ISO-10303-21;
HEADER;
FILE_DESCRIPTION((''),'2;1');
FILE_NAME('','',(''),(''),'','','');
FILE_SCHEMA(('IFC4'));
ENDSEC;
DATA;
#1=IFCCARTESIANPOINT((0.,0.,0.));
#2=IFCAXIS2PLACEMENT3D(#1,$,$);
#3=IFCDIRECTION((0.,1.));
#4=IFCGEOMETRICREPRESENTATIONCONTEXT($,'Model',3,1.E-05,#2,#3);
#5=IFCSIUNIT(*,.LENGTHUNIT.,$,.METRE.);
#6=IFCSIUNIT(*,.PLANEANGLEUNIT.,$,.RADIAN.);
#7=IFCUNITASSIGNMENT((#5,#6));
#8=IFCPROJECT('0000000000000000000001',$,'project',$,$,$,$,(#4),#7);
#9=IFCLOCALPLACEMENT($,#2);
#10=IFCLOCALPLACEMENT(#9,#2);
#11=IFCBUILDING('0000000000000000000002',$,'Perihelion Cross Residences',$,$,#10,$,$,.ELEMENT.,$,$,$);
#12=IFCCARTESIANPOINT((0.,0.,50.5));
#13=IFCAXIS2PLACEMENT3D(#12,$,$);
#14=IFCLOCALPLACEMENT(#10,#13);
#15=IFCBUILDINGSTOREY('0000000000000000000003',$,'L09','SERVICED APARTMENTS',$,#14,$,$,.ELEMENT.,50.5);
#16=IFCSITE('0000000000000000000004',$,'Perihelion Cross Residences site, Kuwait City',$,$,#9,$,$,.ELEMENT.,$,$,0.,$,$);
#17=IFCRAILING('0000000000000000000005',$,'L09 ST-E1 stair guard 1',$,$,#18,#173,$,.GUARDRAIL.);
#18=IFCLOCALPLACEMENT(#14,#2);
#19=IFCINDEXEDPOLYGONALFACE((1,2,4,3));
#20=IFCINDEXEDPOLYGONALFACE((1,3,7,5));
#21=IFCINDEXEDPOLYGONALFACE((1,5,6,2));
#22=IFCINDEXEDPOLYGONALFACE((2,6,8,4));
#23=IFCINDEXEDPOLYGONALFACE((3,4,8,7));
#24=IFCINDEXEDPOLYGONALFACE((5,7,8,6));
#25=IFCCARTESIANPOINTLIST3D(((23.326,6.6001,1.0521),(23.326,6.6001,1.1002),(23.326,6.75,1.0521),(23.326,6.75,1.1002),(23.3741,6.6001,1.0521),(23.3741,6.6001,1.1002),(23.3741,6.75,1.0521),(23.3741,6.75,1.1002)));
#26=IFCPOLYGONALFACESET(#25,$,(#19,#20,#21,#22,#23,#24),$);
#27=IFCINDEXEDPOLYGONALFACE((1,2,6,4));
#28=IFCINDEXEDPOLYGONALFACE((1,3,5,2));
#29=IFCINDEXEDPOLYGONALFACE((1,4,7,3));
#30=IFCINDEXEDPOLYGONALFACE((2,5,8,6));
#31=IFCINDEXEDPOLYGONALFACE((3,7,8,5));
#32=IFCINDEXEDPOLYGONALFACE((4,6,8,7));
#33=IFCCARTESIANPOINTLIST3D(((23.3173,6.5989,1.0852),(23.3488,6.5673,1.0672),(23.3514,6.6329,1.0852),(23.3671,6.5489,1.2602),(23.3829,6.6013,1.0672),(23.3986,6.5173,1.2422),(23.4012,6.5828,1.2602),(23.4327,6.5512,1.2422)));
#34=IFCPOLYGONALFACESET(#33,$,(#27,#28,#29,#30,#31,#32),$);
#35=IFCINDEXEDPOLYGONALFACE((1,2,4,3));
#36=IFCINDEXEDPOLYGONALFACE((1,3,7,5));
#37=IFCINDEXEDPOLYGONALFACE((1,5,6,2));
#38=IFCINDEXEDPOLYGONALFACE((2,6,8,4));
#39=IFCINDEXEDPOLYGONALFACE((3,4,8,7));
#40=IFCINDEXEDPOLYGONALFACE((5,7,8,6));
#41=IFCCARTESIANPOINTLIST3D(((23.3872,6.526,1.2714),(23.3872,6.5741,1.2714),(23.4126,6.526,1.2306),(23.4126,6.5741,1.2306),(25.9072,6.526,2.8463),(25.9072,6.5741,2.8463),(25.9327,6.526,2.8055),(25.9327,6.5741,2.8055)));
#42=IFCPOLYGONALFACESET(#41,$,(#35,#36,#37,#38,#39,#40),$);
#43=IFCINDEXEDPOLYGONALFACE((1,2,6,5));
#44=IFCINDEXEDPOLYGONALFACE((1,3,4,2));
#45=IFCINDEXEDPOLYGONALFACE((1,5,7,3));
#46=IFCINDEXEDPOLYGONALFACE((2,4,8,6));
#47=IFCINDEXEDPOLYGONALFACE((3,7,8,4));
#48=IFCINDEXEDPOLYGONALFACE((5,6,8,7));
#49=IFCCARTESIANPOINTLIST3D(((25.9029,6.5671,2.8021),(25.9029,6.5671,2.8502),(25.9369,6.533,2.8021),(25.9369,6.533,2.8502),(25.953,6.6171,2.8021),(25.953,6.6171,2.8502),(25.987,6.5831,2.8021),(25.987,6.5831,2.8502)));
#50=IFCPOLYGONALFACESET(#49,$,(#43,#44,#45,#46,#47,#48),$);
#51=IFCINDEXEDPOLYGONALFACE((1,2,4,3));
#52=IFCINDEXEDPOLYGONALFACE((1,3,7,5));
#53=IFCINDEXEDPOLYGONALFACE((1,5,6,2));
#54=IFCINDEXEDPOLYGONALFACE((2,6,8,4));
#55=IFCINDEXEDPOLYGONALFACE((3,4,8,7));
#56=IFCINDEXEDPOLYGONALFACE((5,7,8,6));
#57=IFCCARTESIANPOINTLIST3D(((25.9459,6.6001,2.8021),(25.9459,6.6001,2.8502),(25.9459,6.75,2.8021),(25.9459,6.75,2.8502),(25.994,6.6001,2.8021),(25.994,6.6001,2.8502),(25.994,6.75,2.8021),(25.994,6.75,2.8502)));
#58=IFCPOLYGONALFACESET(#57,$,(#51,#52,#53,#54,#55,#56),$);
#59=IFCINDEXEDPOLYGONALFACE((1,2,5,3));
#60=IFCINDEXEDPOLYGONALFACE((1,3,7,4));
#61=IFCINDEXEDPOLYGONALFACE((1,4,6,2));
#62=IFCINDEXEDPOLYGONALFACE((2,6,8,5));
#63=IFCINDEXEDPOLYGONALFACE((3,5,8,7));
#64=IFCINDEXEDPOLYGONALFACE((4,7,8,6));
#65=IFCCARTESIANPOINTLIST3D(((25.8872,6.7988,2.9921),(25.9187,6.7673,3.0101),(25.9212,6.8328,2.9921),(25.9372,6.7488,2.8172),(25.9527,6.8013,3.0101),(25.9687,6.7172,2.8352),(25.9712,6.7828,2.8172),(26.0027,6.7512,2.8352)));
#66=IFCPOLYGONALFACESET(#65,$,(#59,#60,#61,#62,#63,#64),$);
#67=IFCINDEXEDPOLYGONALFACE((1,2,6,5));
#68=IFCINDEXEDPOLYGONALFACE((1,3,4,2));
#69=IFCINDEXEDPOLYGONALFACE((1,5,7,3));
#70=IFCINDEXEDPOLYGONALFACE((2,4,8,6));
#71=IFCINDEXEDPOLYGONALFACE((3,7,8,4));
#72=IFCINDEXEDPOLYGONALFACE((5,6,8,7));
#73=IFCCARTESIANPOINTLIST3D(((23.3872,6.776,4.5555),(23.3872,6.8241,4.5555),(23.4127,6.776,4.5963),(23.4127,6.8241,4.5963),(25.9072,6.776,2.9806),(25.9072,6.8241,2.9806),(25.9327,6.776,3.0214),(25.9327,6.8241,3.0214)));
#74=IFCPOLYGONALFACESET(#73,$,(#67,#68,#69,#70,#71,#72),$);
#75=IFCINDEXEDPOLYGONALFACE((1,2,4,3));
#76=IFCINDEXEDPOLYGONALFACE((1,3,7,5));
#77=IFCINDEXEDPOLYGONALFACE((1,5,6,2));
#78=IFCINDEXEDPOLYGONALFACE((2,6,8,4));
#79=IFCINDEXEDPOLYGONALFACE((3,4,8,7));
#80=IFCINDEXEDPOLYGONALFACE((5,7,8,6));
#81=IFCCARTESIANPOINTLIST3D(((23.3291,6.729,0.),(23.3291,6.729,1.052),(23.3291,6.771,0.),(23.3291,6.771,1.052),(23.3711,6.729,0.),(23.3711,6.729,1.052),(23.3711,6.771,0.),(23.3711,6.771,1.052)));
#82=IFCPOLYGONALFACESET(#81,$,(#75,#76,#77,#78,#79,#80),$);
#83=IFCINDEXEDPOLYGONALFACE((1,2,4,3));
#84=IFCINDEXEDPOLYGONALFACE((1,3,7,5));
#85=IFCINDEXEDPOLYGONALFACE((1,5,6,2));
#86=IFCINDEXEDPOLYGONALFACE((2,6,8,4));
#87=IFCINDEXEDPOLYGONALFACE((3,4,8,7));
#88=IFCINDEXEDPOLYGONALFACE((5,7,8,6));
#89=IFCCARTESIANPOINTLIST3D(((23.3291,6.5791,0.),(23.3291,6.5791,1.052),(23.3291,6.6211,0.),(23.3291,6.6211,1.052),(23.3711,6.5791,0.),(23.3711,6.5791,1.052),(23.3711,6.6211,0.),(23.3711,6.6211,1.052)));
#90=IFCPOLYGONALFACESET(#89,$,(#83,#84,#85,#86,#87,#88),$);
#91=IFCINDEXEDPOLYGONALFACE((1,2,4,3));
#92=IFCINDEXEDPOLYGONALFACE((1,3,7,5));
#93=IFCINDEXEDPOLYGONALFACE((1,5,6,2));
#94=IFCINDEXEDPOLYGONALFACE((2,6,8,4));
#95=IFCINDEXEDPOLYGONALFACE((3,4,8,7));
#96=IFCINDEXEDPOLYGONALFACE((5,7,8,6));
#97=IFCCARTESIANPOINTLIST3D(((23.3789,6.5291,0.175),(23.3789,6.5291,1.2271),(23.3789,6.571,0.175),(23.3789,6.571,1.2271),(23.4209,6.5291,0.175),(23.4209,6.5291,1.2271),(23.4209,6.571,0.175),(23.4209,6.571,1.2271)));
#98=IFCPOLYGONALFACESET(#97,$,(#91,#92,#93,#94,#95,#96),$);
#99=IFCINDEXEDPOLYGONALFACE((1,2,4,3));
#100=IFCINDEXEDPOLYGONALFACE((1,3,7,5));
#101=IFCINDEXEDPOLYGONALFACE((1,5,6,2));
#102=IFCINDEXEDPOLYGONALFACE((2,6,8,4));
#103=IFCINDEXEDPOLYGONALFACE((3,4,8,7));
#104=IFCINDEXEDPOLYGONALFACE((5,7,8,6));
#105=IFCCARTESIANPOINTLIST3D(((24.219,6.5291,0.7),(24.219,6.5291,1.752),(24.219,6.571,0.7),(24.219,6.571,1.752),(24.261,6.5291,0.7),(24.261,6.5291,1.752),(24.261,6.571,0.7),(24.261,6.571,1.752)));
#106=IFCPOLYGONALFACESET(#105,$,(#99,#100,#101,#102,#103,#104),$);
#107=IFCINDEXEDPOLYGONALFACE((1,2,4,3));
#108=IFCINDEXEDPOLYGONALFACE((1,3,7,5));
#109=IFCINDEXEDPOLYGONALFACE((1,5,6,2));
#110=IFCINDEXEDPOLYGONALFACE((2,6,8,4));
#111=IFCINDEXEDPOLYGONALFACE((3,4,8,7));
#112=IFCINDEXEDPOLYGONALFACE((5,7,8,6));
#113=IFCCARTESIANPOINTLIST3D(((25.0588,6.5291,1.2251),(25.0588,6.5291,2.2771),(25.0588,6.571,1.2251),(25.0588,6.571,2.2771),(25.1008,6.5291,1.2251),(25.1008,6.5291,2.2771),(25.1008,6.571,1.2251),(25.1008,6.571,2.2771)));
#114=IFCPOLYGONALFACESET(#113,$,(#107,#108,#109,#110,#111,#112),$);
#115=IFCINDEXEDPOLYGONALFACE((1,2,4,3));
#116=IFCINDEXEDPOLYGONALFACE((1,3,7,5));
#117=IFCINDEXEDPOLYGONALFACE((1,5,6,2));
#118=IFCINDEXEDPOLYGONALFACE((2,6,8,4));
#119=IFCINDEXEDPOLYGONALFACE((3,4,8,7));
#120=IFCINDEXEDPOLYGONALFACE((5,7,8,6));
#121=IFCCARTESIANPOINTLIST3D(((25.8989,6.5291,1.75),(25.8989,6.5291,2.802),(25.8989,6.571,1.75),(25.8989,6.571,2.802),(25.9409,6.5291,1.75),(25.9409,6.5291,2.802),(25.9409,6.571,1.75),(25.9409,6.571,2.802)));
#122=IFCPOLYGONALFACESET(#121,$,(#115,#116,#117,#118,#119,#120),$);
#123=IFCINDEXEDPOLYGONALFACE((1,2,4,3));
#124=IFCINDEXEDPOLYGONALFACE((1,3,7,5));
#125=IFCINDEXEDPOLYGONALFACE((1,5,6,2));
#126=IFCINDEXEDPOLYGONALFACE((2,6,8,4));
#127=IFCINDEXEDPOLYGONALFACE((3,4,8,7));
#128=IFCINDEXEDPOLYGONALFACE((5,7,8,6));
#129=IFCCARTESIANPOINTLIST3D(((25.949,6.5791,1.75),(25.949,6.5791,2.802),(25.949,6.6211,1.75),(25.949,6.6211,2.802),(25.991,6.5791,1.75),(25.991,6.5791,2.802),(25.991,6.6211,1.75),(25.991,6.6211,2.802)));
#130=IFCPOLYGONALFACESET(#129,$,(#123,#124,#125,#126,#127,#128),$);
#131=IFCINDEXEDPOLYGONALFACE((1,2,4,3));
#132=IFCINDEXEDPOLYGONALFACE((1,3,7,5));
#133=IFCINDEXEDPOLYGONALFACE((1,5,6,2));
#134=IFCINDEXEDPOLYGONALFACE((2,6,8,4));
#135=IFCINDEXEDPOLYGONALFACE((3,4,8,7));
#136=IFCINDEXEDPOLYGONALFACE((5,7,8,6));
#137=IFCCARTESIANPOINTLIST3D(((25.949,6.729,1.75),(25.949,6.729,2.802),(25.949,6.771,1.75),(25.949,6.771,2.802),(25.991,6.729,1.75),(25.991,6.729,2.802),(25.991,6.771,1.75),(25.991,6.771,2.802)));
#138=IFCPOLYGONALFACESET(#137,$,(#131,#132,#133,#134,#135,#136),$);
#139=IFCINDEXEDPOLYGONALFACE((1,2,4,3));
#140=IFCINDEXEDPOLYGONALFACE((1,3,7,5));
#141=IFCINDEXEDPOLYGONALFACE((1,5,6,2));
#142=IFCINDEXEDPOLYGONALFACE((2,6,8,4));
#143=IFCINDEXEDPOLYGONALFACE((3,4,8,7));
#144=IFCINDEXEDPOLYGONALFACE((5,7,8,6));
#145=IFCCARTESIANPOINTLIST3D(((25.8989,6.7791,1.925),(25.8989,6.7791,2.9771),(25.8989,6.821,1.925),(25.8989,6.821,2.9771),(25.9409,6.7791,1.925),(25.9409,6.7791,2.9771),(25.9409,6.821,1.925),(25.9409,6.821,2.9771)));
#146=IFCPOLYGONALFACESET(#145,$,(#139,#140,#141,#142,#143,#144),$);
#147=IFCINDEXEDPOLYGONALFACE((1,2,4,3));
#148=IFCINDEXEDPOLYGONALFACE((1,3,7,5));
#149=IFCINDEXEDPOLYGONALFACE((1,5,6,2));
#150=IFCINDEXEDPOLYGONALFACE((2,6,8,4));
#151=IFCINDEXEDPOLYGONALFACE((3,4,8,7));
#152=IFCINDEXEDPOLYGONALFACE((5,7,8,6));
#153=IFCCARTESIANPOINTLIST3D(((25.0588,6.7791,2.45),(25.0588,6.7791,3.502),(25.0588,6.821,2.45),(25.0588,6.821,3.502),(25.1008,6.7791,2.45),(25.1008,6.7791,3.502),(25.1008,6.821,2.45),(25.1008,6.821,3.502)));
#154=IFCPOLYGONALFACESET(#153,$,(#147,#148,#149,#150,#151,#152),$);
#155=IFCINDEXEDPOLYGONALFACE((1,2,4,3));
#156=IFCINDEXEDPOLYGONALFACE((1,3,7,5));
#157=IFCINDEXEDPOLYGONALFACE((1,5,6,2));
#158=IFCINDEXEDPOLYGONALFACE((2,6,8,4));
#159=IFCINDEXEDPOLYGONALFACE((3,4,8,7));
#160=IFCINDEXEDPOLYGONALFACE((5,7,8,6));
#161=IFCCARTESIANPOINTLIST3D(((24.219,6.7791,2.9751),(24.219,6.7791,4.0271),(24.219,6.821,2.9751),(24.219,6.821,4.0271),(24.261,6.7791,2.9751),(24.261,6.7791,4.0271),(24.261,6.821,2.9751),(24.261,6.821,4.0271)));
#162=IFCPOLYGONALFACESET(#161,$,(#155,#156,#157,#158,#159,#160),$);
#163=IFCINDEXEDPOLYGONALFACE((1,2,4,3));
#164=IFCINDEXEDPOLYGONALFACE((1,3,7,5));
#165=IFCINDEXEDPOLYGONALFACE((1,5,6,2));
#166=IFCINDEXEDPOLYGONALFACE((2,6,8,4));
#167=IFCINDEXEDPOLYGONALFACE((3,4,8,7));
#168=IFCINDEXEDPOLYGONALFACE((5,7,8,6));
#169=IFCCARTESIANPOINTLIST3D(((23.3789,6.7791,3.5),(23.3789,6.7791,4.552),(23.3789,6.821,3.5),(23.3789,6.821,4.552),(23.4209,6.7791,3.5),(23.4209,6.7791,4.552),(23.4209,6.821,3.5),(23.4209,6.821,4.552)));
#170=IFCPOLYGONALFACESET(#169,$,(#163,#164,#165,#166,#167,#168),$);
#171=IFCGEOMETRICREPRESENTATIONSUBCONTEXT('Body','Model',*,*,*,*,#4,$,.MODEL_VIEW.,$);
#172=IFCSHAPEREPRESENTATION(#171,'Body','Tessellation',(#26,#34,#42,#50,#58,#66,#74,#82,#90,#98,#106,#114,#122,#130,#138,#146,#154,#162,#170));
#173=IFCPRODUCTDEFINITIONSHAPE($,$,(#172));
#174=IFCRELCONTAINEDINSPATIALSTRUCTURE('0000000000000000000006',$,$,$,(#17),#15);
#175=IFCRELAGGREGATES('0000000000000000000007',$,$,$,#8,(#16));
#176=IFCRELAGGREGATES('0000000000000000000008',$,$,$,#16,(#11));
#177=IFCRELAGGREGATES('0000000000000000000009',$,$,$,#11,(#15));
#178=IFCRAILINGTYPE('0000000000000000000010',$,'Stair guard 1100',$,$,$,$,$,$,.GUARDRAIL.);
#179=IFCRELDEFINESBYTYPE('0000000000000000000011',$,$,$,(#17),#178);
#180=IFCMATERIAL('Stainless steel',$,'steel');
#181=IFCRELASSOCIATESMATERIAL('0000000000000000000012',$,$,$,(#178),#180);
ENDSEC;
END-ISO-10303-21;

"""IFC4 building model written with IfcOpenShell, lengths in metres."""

from ifc_helpers import new_model, si_unit, direction, frame, origin, origin_2d, place, context, subcontext, project, spatial, rectangle, extrude, material, type_object, element, save


model = new_model("IFC4")

# Units and contexts
model_context = context("Model", 3, precision=1e-05, world=origin(), true_north=direction((0.0, 1.0)))
body_context = subcontext(model_context, "Body", "Model", "MODEL_VIEW")
ifc_project = project(units=[si_unit("LENGTHUNIT", "METRE"), si_unit("PLANEANGLEUNIT", "RADIAN")], contexts=[model_context])

# Site, building, storey
site_placement = place(None, origin())
site = spatial("IfcSite", under=ifc_project, at=site_placement, Name="Perihelion Cross Residences site, Kuwait City", CompositionType="ELEMENT", RefElevation=0.0)
building_placement = place(site_placement, origin())
building = spatial("IfcBuilding", under=site, at=building_placement, Name="Perihelion Cross Residences", CompositionType="ELEMENT")
storey_placement = place(building_placement, frame((0.0, 0.0, 50.5)))
storey = spatial("IfcBuildingStorey", under=building, at=storey_placement, Name="L09", Description="SERVICED APARTMENTS", CompositionType="ELEMENT", Elevation=50.5)

# Railing
ifc_material_1 = material(Name="Stainless steel", Category="steel")
railing_type_1 = type_object("IfcRailingType", Name="Stair guard 1100", PredefinedType="GUARDRAIL", material=ifc_material_1)
railing_1_placement = place(storey_placement, frame((23.3501, 6.75, 0.0)))
element("IfcRailing", 1, at=railing_1_placement, inside=storey, type_object=railing_type_1, Name="L09 ST-E1 stair guard 1", PredefinedType="GUARDRAIL", context=body_context, shape_type="SweptSolid", body=[
    extrude(rectangle(XDim=0.0481, YDim=0.0481, at=origin_2d()), frame((0.0, 0.0, 1.0762), z_axis=(0.0, -1.0, 0.0), x_axis=(1.0, 0.0, 0.0)), (0.0, 0.0, 1.0), 0.1499),
    extrude(rectangle(XDim=0.0481, YDim=0.0481, at=origin_2d()), frame((0.0, -0.1499, 1.0762), z_axis=(0.263862, -0.265156, 0.927399), x_axis=(0.708834, 0.705376, 0.0)), (0.0, 0.0, 1.0), 0.1887),
    extrude(rectangle(XDim=0.0481, YDim=0.0481, at=origin_2d()), frame((0.0498, -0.2, 1.251), z_axis=(0.848008, 0.0, 0.529984), x_axis=(0.0, 1.0, 0.0)), (0.0, 0.0, 1.0), 2.9717),
    extrude(rectangle(XDim=0.0481, YDim=0.0481, at=origin_2d()), frame((2.5698, -0.2, 2.8262), z_axis=(0.707107, 0.707107, 0.0), x_axis=(-0.707107, 0.707107, 0.0)), (0.0, 0.0, 1.0), 0.0708),
    extrude(rectangle(XDim=0.0481, YDim=0.0481, at=origin_2d()), frame((2.6199, -0.1499, 2.8262), z_axis=(0.0, 1.0, 0.0), x_axis=(-1.0, 0.0, 0.0)), (0.0, 0.0, 1.0), 0.1499),
    extrude(rectangle(XDim=0.0481, YDim=0.0481, at=origin_2d()), frame((2.6199, 0.0, 2.8262), z_axis=(-0.265065, 0.265065, 0.927082), x_axis=(-0.707107, -0.707107, 0.0)), (0.0, 0.0, 1.0), 0.1887),
    extrude(rectangle(XDim=0.0481, YDim=0.0481, at=origin_2d()), frame((2.5698, 0.05, 3.001), z_axis=(-0.848008, 0.0, 0.529984), x_axis=(0.0, -1.0, 0.0)), (0.0, 0.0, 1.0), 2.9717),
    extrude(rectangle(XDim=0.042, YDim=0.042, at=origin_2d()), origin(), (0.0, 0.0, 1.0), 1.052),
    extrude(rectangle(XDim=0.042, YDim=0.042, at=origin_2d()), frame((0.0, -0.1499, 0.0)), (0.0, 0.0, 1.0), 1.052),
    extrude(rectangle(XDim=0.042, YDim=0.042, at=origin_2d()), frame((0.0498, -0.2, 0.175)), (0.0, 0.0, 1.0), 1.052),
    extrude(rectangle(XDim=0.042, YDim=0.042, at=origin_2d()), frame((0.8899, -0.2, 0.7)), (0.0, 0.0, 1.0), 1.052),
    extrude(rectangle(XDim=0.042, YDim=0.042, at=origin_2d()), frame((1.7297, -0.2, 1.2251)), (0.0, 0.0, 1.0), 1.052),
    extrude(rectangle(XDim=0.042, YDim=0.042, at=origin_2d()), frame((2.5698, -0.2, 1.75)), (0.0, 0.0, 1.0), 1.052),
    extrude(rectangle(XDim=0.042, YDim=0.042, at=origin_2d()), frame((2.6199, -0.1499, 1.75)), (0.0, 0.0, 1.0), 1.052),
    extrude(rectangle(XDim=0.042, YDim=0.042, at=origin_2d()), frame((2.6199, 0.0, 1.75)), (0.0, 0.0, 1.0), 1.052),
    extrude(rectangle(XDim=0.042, YDim=0.042, at=origin_2d()), frame((2.5698, 0.05, 1.925)), (0.0, 0.0, 1.0), 1.052),
    extrude(rectangle(XDim=0.042, YDim=0.042, at=origin_2d()), frame((1.7297, 0.05, 2.45)), (0.0, 0.0, 1.0), 1.052),
    extrude(rectangle(XDim=0.042, YDim=0.042, at=origin_2d()), frame((0.8899, 0.05, 2.9751)), (0.0, 0.0, 1.0), 1.052),
    extrude(rectangle(XDim=0.042, YDim=0.042, at=origin_2d()), frame((0.0498, 0.05, 3.5)), (0.0, 0.0, 1.0), 1.052),
])

save(model, "model.ifc")
